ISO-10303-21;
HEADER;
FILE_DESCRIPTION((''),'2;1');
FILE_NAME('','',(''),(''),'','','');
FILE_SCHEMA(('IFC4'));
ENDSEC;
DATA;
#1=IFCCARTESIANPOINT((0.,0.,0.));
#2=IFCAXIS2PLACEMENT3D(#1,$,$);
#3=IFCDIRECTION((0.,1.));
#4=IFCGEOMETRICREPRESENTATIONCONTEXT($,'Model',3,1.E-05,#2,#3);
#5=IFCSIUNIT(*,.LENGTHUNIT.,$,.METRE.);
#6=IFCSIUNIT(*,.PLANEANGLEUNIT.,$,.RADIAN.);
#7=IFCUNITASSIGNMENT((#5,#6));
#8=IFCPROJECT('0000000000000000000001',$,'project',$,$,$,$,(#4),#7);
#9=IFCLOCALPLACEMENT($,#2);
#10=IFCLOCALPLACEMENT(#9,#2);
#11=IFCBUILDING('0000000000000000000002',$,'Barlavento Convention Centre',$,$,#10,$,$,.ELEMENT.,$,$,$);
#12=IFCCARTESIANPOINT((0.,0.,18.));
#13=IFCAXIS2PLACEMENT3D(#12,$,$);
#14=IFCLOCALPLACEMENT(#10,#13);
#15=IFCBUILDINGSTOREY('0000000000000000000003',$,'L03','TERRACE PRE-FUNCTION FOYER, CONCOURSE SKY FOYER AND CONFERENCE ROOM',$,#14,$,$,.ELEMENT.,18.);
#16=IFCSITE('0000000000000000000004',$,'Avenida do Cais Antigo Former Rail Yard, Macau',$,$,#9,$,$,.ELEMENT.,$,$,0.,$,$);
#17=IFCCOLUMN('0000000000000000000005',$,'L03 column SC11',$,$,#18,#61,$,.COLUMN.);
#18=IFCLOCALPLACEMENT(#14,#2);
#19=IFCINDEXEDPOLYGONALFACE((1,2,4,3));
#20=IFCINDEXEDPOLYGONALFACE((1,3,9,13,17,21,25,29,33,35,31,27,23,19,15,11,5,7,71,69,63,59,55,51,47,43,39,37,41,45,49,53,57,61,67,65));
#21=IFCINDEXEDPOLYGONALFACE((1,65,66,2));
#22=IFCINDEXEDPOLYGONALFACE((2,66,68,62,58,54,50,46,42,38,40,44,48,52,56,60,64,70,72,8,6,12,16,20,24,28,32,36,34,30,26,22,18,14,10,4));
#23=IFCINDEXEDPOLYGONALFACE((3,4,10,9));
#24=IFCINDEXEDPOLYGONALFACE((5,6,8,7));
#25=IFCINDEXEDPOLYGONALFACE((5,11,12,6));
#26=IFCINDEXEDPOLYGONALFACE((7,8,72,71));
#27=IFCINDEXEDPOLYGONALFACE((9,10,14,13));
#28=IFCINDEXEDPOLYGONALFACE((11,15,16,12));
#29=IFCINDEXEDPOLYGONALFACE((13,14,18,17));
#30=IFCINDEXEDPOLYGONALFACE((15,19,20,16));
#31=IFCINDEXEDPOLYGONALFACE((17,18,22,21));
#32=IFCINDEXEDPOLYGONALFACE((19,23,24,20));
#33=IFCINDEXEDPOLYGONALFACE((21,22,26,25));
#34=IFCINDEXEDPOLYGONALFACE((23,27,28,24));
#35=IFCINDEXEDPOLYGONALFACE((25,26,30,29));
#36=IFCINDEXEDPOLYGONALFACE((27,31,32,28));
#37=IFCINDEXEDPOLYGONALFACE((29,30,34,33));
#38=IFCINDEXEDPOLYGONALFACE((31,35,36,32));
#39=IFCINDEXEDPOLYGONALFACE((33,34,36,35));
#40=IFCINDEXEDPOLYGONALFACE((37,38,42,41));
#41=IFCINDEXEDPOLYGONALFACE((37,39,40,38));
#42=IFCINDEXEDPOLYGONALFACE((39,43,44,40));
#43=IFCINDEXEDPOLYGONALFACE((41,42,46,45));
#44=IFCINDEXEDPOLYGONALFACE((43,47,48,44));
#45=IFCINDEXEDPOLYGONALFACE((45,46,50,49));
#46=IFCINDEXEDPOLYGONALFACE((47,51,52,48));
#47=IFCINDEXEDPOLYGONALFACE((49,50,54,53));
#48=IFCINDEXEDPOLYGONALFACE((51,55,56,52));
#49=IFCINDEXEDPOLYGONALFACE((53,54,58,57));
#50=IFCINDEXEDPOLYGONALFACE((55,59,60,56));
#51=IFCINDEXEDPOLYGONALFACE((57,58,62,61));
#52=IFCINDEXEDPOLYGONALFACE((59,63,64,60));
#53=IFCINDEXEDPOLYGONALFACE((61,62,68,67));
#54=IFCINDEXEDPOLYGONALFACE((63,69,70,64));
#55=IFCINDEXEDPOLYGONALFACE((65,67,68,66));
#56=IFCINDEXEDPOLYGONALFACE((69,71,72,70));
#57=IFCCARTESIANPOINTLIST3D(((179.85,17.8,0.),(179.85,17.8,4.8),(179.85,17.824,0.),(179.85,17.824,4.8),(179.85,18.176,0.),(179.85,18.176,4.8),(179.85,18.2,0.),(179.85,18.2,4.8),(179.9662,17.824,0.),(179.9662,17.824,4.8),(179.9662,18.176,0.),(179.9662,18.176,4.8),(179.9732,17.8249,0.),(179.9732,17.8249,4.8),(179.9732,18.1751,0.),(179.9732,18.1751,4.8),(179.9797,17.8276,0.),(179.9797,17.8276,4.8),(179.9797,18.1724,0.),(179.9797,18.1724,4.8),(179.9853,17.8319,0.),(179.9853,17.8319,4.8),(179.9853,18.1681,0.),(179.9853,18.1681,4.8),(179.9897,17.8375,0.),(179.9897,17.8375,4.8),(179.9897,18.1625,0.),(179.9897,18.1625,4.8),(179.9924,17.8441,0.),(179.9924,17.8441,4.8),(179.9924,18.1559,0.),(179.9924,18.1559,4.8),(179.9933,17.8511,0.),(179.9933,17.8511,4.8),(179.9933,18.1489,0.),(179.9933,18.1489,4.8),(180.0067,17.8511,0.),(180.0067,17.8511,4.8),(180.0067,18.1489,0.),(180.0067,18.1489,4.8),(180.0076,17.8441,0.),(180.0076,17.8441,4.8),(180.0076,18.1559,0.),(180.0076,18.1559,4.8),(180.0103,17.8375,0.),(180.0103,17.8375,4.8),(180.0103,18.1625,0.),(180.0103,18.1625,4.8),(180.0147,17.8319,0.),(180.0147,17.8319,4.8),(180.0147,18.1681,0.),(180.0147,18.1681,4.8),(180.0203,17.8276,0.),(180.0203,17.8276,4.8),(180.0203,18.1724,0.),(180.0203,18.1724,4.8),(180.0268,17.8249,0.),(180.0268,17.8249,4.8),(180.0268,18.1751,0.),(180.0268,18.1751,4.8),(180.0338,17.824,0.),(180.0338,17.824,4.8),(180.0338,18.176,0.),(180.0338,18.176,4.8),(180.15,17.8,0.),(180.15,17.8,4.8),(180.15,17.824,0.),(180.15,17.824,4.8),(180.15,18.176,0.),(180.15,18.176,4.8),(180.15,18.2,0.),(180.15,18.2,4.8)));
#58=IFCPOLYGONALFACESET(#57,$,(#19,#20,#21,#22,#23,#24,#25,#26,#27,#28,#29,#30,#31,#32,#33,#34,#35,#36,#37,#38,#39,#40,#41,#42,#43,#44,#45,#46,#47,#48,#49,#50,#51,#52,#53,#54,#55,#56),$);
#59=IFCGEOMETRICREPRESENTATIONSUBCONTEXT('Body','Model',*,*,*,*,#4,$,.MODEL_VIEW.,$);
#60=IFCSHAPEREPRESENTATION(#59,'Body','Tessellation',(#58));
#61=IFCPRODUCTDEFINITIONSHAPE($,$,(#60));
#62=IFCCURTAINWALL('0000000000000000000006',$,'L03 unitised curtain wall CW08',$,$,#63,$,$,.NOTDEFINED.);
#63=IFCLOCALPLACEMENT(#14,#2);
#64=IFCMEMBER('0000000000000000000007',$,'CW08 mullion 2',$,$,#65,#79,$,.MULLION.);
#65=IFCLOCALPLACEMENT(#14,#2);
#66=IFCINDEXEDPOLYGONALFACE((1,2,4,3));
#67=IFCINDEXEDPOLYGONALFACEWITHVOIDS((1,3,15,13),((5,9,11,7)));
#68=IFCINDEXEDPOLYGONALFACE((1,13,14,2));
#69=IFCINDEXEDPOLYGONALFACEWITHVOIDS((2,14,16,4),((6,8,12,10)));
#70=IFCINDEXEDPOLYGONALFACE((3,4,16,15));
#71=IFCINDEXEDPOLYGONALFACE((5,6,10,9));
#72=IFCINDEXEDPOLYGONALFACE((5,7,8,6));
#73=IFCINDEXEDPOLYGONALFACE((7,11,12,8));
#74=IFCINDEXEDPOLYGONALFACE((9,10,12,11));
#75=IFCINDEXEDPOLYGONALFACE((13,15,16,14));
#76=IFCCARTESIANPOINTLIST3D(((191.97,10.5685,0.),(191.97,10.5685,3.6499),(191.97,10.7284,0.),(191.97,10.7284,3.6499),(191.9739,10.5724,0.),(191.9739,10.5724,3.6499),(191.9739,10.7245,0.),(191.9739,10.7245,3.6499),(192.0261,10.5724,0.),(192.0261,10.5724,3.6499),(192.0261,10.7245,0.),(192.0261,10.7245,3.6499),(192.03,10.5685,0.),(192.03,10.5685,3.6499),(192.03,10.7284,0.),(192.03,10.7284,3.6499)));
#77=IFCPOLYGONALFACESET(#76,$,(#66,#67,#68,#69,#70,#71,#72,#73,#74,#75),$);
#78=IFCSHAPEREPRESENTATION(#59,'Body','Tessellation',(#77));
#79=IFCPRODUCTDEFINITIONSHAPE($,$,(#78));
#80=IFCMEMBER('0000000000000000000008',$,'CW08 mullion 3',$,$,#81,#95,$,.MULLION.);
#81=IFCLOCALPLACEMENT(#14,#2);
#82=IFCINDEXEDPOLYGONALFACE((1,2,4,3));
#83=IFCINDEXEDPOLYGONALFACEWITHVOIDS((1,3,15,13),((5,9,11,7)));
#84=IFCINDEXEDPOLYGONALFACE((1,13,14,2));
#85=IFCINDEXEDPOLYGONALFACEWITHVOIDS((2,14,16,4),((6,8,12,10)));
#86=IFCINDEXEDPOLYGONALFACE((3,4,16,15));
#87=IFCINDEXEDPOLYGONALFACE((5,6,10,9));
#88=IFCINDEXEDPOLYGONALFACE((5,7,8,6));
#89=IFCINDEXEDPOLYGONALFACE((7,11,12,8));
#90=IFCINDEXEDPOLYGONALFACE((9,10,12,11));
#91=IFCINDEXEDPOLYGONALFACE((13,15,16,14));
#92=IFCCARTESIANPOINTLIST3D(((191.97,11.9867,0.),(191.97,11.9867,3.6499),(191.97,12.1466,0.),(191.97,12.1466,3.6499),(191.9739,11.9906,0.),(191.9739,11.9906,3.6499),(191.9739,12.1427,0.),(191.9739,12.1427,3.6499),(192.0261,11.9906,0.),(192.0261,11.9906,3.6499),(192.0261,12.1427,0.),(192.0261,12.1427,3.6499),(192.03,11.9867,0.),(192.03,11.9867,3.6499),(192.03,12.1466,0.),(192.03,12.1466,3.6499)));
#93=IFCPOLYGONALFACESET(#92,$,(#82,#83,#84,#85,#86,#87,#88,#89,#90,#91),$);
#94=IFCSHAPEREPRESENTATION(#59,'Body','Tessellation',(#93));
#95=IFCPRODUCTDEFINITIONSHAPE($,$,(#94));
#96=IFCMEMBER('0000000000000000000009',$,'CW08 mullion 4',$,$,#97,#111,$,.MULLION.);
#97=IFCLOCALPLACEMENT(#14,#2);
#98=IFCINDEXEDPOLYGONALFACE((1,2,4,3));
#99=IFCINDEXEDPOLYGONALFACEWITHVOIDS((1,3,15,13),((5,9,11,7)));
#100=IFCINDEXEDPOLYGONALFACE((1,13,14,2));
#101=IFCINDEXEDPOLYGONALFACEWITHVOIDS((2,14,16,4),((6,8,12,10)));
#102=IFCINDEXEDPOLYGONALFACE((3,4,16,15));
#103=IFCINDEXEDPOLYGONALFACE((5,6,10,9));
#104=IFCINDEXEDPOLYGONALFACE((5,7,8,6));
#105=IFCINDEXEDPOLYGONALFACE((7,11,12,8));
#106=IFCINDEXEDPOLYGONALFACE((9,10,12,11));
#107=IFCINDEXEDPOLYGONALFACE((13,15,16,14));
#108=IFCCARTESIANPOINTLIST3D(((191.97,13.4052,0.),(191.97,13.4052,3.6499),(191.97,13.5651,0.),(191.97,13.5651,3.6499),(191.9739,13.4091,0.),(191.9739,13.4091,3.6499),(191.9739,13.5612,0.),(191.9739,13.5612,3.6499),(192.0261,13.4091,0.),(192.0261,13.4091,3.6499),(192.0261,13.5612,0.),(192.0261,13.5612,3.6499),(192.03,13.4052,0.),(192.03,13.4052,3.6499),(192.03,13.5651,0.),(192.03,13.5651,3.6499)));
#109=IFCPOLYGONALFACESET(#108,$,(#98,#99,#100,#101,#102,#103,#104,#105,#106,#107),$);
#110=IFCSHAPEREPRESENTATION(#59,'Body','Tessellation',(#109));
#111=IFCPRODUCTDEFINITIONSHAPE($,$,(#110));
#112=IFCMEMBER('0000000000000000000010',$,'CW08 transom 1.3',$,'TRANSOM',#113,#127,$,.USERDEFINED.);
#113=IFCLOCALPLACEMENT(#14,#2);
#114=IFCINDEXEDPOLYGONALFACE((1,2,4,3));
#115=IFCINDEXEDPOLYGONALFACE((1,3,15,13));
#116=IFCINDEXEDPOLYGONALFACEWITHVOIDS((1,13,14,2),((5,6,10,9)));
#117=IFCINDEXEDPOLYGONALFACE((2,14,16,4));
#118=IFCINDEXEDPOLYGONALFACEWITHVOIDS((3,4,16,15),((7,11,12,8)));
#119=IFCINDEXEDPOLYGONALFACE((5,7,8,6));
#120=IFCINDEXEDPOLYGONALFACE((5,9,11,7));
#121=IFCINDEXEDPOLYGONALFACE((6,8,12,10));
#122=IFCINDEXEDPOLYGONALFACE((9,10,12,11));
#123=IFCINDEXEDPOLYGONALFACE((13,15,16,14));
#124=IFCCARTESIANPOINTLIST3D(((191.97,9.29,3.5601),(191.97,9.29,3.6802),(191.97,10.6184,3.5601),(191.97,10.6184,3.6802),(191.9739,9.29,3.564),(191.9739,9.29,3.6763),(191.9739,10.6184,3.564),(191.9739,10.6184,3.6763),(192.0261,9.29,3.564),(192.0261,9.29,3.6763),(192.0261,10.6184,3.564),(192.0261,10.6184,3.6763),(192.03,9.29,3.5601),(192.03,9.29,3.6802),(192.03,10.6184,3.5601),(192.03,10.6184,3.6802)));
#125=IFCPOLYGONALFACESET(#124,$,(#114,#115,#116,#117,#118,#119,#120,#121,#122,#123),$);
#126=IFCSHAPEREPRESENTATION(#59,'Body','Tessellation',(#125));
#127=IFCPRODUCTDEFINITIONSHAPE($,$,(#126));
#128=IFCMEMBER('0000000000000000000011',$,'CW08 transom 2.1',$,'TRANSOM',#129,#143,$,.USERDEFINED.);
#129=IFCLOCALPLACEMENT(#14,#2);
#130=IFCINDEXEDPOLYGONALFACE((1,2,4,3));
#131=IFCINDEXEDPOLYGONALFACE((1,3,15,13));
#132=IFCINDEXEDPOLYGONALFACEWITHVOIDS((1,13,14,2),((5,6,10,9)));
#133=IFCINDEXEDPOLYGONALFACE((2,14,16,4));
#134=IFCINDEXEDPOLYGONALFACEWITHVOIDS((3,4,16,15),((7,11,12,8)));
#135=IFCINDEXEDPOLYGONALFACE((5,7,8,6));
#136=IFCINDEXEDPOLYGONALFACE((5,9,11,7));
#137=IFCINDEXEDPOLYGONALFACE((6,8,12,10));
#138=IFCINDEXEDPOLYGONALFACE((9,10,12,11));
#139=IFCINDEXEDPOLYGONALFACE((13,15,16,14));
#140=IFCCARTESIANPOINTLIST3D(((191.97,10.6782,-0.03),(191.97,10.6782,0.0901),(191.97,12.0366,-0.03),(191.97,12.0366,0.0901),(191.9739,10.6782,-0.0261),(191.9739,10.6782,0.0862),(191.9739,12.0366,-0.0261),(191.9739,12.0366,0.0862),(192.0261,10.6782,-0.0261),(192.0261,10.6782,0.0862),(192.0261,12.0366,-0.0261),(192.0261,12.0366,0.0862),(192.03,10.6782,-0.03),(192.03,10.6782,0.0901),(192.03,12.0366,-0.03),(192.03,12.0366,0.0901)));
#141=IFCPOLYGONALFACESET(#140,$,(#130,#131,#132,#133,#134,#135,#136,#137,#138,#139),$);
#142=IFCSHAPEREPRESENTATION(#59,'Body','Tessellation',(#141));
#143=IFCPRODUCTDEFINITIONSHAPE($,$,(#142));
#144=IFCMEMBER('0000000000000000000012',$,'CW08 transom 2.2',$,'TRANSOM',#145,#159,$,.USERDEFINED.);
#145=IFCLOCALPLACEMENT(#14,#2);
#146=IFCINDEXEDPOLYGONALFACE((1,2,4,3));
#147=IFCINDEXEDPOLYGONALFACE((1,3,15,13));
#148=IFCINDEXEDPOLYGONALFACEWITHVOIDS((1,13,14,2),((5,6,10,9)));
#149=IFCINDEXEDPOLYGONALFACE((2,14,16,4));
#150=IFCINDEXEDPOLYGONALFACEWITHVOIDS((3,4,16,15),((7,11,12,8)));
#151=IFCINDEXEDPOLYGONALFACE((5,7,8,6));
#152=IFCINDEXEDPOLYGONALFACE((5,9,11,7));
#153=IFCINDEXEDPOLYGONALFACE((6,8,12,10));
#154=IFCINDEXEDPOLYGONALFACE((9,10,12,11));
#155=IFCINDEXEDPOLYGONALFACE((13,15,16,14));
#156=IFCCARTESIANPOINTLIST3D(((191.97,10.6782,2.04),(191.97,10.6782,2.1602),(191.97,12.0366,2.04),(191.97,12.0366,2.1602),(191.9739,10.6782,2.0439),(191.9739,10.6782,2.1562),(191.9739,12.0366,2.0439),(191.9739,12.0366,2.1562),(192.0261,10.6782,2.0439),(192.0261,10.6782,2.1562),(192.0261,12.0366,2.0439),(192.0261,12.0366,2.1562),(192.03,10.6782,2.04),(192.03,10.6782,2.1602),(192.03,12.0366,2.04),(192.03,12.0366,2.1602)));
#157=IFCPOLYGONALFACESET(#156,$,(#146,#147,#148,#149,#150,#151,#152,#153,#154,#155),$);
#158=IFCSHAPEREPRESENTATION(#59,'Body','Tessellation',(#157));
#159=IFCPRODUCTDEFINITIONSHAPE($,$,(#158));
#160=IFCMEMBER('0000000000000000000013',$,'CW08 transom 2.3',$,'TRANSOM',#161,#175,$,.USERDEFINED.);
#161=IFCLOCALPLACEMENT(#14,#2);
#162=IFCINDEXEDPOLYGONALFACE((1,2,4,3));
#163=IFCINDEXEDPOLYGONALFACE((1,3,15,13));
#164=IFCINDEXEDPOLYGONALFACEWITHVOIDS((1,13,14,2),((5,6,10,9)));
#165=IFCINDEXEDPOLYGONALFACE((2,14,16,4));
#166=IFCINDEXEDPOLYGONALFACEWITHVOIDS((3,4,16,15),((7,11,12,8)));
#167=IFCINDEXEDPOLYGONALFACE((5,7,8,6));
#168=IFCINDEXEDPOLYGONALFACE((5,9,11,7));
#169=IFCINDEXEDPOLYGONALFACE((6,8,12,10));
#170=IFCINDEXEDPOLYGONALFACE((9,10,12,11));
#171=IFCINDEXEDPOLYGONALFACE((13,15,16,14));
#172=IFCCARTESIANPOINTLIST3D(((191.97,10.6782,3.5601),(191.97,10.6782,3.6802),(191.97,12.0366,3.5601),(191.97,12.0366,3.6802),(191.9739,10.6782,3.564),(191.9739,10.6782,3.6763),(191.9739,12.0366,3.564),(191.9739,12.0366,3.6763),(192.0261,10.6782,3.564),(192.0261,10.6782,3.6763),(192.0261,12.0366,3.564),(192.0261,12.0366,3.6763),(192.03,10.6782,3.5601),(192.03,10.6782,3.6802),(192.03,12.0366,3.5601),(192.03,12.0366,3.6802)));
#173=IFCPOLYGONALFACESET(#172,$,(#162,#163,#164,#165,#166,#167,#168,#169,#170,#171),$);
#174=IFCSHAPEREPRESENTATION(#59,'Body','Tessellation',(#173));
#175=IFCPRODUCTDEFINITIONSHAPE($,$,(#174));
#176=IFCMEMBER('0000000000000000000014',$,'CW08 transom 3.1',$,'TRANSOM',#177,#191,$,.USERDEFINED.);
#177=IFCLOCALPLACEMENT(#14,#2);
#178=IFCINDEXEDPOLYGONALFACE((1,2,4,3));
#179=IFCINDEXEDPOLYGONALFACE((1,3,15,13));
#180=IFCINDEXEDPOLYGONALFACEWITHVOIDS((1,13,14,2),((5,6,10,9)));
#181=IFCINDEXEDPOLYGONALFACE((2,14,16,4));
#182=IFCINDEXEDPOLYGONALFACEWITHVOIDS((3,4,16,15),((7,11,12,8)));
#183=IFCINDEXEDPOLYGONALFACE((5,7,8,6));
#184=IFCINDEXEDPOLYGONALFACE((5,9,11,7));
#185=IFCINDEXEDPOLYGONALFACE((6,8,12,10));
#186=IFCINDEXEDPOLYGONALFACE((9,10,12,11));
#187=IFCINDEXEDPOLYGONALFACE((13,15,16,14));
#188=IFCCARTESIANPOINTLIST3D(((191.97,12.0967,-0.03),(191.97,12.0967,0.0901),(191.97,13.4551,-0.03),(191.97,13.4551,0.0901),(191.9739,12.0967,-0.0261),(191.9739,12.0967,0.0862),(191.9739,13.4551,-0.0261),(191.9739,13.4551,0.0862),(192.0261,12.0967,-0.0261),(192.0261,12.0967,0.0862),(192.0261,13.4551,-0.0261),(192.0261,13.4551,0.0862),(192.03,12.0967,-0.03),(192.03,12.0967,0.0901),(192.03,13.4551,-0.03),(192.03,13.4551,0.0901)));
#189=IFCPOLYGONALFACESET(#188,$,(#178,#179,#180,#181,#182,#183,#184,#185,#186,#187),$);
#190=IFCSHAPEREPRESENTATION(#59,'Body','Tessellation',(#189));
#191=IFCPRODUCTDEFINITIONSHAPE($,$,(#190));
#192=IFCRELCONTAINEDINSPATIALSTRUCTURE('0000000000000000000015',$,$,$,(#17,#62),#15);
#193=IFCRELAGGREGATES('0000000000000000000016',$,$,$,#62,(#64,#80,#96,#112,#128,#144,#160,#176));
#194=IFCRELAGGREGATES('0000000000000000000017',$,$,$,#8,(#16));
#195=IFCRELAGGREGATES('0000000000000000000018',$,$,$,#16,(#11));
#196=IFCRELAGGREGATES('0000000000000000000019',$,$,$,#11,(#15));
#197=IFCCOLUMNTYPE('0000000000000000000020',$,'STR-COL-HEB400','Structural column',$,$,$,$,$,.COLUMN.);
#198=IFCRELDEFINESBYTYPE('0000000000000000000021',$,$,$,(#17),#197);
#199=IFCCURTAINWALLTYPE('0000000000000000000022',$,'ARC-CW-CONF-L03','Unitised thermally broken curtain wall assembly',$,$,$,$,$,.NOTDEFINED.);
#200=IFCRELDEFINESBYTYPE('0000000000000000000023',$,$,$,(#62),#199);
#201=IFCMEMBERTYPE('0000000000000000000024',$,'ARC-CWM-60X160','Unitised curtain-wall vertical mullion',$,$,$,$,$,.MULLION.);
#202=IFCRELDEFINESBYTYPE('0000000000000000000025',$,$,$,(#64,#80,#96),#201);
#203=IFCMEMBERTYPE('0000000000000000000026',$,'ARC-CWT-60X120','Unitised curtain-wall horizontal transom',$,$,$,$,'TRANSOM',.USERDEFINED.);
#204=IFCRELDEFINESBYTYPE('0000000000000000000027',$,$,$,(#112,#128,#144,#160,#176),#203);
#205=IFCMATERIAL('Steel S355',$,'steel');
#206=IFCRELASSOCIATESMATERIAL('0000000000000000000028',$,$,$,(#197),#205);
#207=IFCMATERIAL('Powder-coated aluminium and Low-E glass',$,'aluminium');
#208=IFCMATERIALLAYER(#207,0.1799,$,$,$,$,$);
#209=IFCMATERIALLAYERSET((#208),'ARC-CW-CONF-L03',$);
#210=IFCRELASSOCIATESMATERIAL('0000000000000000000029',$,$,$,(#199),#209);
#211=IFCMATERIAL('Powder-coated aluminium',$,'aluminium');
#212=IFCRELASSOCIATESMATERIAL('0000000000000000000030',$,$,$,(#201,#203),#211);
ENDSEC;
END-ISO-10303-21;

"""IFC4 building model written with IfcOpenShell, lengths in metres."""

from ifc_helpers import new_model, si_unit, direction, frame, origin, origin_2d, place, context, subcontext, project, spatial, hollow_rectangle, i_section, extrude, material, layer, layer_set, material_profile, profile_set, type_object, element, aggregate, save


model = new_model("IFC4")

# Units and contexts
model_context = context("Model", 3, precision=1e-05, world=origin(), true_north=direction((0.0, 1.0)))
body_context = subcontext(model_context, "Body", "Model", "MODEL_VIEW")
ifc_project = project(units=[si_unit("LENGTHUNIT", "METRE"), si_unit("PLANEANGLEUNIT", "RADIAN")], contexts=[model_context])

# Site, building, storey
site_placement = place(None, origin())
site = spatial("IfcSite", under=ifc_project, at=site_placement, Name="Avenida do Cais Antigo Former Rail Yard, Macau", CompositionType="ELEMENT", RefElevation=0.0)
building_placement = place(site_placement, origin())
building = spatial("IfcBuilding", under=site, at=building_placement, Name="Barlavento Convention Centre", CompositionType="ELEMENT")
storey_placement = place(building_placement, frame((0.0, 0.0, 18.0)))
storey = spatial("IfcBuildingStorey", under=building, at=storey_placement, Name="L03", Description="TERRACE PRE-FUNCTION FOYER, CONCOURSE SKY FOYER AND CONFERENCE ROOM", CompositionType="ELEMENT", Elevation=18.0)

# Column
ifc_material_1 = material(Name="Steel S355", Category="steel")
ifc_material_profile_1 = material_profile(ifc_material_1, i_section(OverallWidth=0.3, OverallDepth=0.3999, WebThickness=0.0134, FlangeThickness=0.0239, FilletRadius=0.0271, at=origin_2d()), Name="HEB 400")
ifc_profile_set_1 = profile_set([ifc_material_profile_1], Name="Steel S355")
column_type = type_object("IfcColumnType", Name="STR-COL-HEB400", Description="Structural column", PredefinedType="COLUMN", material=ifc_profile_set_1)
column_placement = place(storey_placement, frame((180.0, 18.0, 0.0), z_axis=(0.0, 0.0, 1.0), x_axis=(1.0, 0.0, 0.0)))
element("IfcColumn", 1, at=column_placement, inside=storey, type_object=column_type, Name="L03 column SC11", PredefinedType="COLUMN", context=body_context, shape_type="SweptSolid", body=[
    extrude(i_section(OverallWidth=0.3, OverallDepth=0.3999, WebThickness=0.0134, FlangeThickness=0.0239, FilletRadius=0.0271, at=origin_2d()), origin(), (0.0, 0.0, 1.0), 4.8),
])

# Curtain wall, members
ifc_material_2 = material(Name="Powder-coated aluminium and Low-E glass", Category="aluminium")
ifc_layer_1 = layer(ifc_material_2, 0.1799)
ifc_layer_set_1 = layer_set([ifc_layer_1], Name="ARC-CW-CONF-L03")
curtain_wall_type = type_object("IfcCurtainWallType", Name="ARC-CW-CONF-L03", Description="Unitised thermally broken curtain wall assembly", PredefinedType="NOTDEFINED", material=ifc_layer_set_1)
curtain_wall_placement = place(storey_placement, origin())
curtain_wall = element("IfcCurtainWall", 2, at=curtain_wall_placement, inside=storey, type_object=curtain_wall_type, Name="L03 unitised curtain wall CW08", PredefinedType="NOTDEFINED")
ifc_material_3 = material(Name="Powder-coated aluminium", Category="aluminium")
ifc_material_profile_2 = material_profile(ifc_material_3, hollow_rectangle(XDim=0.0601, YDim=0.1599, WallThickness=0.0039, at=origin_2d()), Name="AL-MULL 60x160x4")
ifc_profile_set_2 = profile_set([ifc_material_profile_2], Name="Powder-coated aluminium")
member_type_1 = type_object("IfcMemberType", Name="ARC-CWM-60X160", Description="Unitised curtain-wall vertical mullion", PredefinedType="MULLION", material=ifc_profile_set_2)
member_1_placement = place(storey_placement, frame((192.0, 10.6484, 0.0), z_axis=(0.0, 0.0, 1.0), x_axis=(-1.0, 0.0, 0.0)))
member_1 = element("IfcMember", 3, at=member_1_placement, type_object=member_type_1, Name="CW08 mullion 2", PredefinedType="MULLION", context=body_context, shape_type="SweptSolid", body=[
    extrude(hollow_rectangle(XDim=0.0601, YDim=0.1599, WallThickness=0.0039, at=origin_2d()), origin(), (0.0, 0.0, 1.0), 3.6499),
])
member_2_placement = place(storey_placement, frame((192.0, 12.0667, 0.0), z_axis=(0.0, 0.0, 1.0), x_axis=(-1.0, 0.0, 0.0)))
member_2 = element("IfcMember", 4, at=member_2_placement, type_object=member_type_1, Name="CW08 mullion 3", PredefinedType="MULLION", context=body_context, shape_type="SweptSolid", body=[
    extrude(hollow_rectangle(XDim=0.0601, YDim=0.1599, WallThickness=0.0039, at=origin_2d()), origin(), (0.0, 0.0, 1.0), 3.6499),
])
member_3_placement = place(storey_placement, frame((192.0, 13.4851, 0.0), z_axis=(0.0, 0.0, 1.0), x_axis=(-1.0, 0.0, 0.0)))
member_3 = element("IfcMember", 5, at=member_3_placement, type_object=member_type_1, Name="CW08 mullion 4", PredefinedType="MULLION", context=body_context, shape_type="SweptSolid", body=[
    extrude(hollow_rectangle(XDim=0.0601, YDim=0.1599, WallThickness=0.0039, at=origin_2d()), origin(), (0.0, 0.0, 1.0), 3.6499),
])
ifc_material_profile_3 = material_profile(ifc_material_3, hollow_rectangle(XDim=0.0601, YDim=0.1201, WallThickness=0.0039, at=origin_2d()), Name="AL-TRAN 60x120x4")
ifc_profile_set_3 = profile_set([ifc_material_profile_3], Name="Powder-coated aluminium")
member_type_2 = type_object("IfcMemberType", Name="ARC-CWT-60X120", Description="Unitised curtain-wall horizontal transom", ElementType="TRANSOM", PredefinedType="USERDEFINED", material=ifc_profile_set_3)
member_4_placement = place(storey_placement, frame((192.0, 9.29, 3.6201), z_axis=(0.0, 1.0, 0.0), x_axis=(-1.0, 0.0, 0.0)))
member_4 = element("IfcMember", 6, at=member_4_placement, type_object=member_type_2, Name="CW08 transom 1.3", ObjectType="TRANSOM", PredefinedType="USERDEFINED", context=body_context, shape_type="SweptSolid", body=[
    extrude(hollow_rectangle(XDim=0.0601, YDim=0.1201, WallThickness=0.0039, at=origin_2d()), origin(), (0.0, 0.0, 1.0), 1.3284),
])
member_5_placement = place(storey_placement, frame((192.0, 10.6782, 0.03), z_axis=(0.0, 1.0, 0.0), x_axis=(-1.0, 0.0, 0.0)))
member_5 = element("IfcMember", 7, at=member_5_placement, type_object=member_type_2, Name="CW08 transom 2.1", ObjectType="TRANSOM", PredefinedType="USERDEFINED", context=body_context, shape_type="SweptSolid", body=[
    extrude(hollow_rectangle(XDim=0.0601, YDim=0.1201, WallThickness=0.0039, at=origin_2d()), origin(), (0.0, 0.0, 1.0), 1.3584),
])
member_6_placement = place(storey_placement, frame((192.0, 10.6782, 2.1001), z_axis=(0.0, 1.0, 0.0), x_axis=(-1.0, 0.0, 0.0)))
member_6 = element("IfcMember", 8, at=member_6_placement, type_object=member_type_2, Name="CW08 transom 2.2", ObjectType="TRANSOM", PredefinedType="USERDEFINED", context=body_context, shape_type="SweptSolid", body=[
    extrude(hollow_rectangle(XDim=0.0601, YDim=0.1201, WallThickness=0.0039, at=origin_2d()), origin(), (0.0, 0.0, 1.0), 1.3584),
])
member_7_placement = place(storey_placement, frame((192.0, 10.6782, 3.6201), z_axis=(0.0, 1.0, 0.0), x_axis=(-1.0, 0.0, 0.0)))
member_7 = element("IfcMember", 9, at=member_7_placement, type_object=member_type_2, Name="CW08 transom 2.3", ObjectType="TRANSOM", PredefinedType="USERDEFINED", context=body_context, shape_type="SweptSolid", body=[
    extrude(hollow_rectangle(XDim=0.0601, YDim=0.1201, WallThickness=0.0039, at=origin_2d()), origin(), (0.0, 0.0, 1.0), 1.3584),
])
member_8_placement = place(storey_placement, frame((192.0, 12.0967, 0.03), z_axis=(0.0, 1.0, 0.0), x_axis=(-1.0, 0.0, 0.0)))
member_8 = element("IfcMember", 10, at=member_8_placement, type_object=member_type_2, Name="CW08 transom 3.1", ObjectType="TRANSOM", PredefinedType="USERDEFINED", context=body_context, shape_type="SweptSolid", body=[
    extrude(hollow_rectangle(XDim=0.0601, YDim=0.1201, WallThickness=0.0039, at=origin_2d()), origin(), (0.0, 0.0, 1.0), 1.3584),
])

aggregate(curtain_wall, [member_1, member_2, member_3, member_4, member_5, member_6, member_7, member_8])

save(model, "model.ifc")
